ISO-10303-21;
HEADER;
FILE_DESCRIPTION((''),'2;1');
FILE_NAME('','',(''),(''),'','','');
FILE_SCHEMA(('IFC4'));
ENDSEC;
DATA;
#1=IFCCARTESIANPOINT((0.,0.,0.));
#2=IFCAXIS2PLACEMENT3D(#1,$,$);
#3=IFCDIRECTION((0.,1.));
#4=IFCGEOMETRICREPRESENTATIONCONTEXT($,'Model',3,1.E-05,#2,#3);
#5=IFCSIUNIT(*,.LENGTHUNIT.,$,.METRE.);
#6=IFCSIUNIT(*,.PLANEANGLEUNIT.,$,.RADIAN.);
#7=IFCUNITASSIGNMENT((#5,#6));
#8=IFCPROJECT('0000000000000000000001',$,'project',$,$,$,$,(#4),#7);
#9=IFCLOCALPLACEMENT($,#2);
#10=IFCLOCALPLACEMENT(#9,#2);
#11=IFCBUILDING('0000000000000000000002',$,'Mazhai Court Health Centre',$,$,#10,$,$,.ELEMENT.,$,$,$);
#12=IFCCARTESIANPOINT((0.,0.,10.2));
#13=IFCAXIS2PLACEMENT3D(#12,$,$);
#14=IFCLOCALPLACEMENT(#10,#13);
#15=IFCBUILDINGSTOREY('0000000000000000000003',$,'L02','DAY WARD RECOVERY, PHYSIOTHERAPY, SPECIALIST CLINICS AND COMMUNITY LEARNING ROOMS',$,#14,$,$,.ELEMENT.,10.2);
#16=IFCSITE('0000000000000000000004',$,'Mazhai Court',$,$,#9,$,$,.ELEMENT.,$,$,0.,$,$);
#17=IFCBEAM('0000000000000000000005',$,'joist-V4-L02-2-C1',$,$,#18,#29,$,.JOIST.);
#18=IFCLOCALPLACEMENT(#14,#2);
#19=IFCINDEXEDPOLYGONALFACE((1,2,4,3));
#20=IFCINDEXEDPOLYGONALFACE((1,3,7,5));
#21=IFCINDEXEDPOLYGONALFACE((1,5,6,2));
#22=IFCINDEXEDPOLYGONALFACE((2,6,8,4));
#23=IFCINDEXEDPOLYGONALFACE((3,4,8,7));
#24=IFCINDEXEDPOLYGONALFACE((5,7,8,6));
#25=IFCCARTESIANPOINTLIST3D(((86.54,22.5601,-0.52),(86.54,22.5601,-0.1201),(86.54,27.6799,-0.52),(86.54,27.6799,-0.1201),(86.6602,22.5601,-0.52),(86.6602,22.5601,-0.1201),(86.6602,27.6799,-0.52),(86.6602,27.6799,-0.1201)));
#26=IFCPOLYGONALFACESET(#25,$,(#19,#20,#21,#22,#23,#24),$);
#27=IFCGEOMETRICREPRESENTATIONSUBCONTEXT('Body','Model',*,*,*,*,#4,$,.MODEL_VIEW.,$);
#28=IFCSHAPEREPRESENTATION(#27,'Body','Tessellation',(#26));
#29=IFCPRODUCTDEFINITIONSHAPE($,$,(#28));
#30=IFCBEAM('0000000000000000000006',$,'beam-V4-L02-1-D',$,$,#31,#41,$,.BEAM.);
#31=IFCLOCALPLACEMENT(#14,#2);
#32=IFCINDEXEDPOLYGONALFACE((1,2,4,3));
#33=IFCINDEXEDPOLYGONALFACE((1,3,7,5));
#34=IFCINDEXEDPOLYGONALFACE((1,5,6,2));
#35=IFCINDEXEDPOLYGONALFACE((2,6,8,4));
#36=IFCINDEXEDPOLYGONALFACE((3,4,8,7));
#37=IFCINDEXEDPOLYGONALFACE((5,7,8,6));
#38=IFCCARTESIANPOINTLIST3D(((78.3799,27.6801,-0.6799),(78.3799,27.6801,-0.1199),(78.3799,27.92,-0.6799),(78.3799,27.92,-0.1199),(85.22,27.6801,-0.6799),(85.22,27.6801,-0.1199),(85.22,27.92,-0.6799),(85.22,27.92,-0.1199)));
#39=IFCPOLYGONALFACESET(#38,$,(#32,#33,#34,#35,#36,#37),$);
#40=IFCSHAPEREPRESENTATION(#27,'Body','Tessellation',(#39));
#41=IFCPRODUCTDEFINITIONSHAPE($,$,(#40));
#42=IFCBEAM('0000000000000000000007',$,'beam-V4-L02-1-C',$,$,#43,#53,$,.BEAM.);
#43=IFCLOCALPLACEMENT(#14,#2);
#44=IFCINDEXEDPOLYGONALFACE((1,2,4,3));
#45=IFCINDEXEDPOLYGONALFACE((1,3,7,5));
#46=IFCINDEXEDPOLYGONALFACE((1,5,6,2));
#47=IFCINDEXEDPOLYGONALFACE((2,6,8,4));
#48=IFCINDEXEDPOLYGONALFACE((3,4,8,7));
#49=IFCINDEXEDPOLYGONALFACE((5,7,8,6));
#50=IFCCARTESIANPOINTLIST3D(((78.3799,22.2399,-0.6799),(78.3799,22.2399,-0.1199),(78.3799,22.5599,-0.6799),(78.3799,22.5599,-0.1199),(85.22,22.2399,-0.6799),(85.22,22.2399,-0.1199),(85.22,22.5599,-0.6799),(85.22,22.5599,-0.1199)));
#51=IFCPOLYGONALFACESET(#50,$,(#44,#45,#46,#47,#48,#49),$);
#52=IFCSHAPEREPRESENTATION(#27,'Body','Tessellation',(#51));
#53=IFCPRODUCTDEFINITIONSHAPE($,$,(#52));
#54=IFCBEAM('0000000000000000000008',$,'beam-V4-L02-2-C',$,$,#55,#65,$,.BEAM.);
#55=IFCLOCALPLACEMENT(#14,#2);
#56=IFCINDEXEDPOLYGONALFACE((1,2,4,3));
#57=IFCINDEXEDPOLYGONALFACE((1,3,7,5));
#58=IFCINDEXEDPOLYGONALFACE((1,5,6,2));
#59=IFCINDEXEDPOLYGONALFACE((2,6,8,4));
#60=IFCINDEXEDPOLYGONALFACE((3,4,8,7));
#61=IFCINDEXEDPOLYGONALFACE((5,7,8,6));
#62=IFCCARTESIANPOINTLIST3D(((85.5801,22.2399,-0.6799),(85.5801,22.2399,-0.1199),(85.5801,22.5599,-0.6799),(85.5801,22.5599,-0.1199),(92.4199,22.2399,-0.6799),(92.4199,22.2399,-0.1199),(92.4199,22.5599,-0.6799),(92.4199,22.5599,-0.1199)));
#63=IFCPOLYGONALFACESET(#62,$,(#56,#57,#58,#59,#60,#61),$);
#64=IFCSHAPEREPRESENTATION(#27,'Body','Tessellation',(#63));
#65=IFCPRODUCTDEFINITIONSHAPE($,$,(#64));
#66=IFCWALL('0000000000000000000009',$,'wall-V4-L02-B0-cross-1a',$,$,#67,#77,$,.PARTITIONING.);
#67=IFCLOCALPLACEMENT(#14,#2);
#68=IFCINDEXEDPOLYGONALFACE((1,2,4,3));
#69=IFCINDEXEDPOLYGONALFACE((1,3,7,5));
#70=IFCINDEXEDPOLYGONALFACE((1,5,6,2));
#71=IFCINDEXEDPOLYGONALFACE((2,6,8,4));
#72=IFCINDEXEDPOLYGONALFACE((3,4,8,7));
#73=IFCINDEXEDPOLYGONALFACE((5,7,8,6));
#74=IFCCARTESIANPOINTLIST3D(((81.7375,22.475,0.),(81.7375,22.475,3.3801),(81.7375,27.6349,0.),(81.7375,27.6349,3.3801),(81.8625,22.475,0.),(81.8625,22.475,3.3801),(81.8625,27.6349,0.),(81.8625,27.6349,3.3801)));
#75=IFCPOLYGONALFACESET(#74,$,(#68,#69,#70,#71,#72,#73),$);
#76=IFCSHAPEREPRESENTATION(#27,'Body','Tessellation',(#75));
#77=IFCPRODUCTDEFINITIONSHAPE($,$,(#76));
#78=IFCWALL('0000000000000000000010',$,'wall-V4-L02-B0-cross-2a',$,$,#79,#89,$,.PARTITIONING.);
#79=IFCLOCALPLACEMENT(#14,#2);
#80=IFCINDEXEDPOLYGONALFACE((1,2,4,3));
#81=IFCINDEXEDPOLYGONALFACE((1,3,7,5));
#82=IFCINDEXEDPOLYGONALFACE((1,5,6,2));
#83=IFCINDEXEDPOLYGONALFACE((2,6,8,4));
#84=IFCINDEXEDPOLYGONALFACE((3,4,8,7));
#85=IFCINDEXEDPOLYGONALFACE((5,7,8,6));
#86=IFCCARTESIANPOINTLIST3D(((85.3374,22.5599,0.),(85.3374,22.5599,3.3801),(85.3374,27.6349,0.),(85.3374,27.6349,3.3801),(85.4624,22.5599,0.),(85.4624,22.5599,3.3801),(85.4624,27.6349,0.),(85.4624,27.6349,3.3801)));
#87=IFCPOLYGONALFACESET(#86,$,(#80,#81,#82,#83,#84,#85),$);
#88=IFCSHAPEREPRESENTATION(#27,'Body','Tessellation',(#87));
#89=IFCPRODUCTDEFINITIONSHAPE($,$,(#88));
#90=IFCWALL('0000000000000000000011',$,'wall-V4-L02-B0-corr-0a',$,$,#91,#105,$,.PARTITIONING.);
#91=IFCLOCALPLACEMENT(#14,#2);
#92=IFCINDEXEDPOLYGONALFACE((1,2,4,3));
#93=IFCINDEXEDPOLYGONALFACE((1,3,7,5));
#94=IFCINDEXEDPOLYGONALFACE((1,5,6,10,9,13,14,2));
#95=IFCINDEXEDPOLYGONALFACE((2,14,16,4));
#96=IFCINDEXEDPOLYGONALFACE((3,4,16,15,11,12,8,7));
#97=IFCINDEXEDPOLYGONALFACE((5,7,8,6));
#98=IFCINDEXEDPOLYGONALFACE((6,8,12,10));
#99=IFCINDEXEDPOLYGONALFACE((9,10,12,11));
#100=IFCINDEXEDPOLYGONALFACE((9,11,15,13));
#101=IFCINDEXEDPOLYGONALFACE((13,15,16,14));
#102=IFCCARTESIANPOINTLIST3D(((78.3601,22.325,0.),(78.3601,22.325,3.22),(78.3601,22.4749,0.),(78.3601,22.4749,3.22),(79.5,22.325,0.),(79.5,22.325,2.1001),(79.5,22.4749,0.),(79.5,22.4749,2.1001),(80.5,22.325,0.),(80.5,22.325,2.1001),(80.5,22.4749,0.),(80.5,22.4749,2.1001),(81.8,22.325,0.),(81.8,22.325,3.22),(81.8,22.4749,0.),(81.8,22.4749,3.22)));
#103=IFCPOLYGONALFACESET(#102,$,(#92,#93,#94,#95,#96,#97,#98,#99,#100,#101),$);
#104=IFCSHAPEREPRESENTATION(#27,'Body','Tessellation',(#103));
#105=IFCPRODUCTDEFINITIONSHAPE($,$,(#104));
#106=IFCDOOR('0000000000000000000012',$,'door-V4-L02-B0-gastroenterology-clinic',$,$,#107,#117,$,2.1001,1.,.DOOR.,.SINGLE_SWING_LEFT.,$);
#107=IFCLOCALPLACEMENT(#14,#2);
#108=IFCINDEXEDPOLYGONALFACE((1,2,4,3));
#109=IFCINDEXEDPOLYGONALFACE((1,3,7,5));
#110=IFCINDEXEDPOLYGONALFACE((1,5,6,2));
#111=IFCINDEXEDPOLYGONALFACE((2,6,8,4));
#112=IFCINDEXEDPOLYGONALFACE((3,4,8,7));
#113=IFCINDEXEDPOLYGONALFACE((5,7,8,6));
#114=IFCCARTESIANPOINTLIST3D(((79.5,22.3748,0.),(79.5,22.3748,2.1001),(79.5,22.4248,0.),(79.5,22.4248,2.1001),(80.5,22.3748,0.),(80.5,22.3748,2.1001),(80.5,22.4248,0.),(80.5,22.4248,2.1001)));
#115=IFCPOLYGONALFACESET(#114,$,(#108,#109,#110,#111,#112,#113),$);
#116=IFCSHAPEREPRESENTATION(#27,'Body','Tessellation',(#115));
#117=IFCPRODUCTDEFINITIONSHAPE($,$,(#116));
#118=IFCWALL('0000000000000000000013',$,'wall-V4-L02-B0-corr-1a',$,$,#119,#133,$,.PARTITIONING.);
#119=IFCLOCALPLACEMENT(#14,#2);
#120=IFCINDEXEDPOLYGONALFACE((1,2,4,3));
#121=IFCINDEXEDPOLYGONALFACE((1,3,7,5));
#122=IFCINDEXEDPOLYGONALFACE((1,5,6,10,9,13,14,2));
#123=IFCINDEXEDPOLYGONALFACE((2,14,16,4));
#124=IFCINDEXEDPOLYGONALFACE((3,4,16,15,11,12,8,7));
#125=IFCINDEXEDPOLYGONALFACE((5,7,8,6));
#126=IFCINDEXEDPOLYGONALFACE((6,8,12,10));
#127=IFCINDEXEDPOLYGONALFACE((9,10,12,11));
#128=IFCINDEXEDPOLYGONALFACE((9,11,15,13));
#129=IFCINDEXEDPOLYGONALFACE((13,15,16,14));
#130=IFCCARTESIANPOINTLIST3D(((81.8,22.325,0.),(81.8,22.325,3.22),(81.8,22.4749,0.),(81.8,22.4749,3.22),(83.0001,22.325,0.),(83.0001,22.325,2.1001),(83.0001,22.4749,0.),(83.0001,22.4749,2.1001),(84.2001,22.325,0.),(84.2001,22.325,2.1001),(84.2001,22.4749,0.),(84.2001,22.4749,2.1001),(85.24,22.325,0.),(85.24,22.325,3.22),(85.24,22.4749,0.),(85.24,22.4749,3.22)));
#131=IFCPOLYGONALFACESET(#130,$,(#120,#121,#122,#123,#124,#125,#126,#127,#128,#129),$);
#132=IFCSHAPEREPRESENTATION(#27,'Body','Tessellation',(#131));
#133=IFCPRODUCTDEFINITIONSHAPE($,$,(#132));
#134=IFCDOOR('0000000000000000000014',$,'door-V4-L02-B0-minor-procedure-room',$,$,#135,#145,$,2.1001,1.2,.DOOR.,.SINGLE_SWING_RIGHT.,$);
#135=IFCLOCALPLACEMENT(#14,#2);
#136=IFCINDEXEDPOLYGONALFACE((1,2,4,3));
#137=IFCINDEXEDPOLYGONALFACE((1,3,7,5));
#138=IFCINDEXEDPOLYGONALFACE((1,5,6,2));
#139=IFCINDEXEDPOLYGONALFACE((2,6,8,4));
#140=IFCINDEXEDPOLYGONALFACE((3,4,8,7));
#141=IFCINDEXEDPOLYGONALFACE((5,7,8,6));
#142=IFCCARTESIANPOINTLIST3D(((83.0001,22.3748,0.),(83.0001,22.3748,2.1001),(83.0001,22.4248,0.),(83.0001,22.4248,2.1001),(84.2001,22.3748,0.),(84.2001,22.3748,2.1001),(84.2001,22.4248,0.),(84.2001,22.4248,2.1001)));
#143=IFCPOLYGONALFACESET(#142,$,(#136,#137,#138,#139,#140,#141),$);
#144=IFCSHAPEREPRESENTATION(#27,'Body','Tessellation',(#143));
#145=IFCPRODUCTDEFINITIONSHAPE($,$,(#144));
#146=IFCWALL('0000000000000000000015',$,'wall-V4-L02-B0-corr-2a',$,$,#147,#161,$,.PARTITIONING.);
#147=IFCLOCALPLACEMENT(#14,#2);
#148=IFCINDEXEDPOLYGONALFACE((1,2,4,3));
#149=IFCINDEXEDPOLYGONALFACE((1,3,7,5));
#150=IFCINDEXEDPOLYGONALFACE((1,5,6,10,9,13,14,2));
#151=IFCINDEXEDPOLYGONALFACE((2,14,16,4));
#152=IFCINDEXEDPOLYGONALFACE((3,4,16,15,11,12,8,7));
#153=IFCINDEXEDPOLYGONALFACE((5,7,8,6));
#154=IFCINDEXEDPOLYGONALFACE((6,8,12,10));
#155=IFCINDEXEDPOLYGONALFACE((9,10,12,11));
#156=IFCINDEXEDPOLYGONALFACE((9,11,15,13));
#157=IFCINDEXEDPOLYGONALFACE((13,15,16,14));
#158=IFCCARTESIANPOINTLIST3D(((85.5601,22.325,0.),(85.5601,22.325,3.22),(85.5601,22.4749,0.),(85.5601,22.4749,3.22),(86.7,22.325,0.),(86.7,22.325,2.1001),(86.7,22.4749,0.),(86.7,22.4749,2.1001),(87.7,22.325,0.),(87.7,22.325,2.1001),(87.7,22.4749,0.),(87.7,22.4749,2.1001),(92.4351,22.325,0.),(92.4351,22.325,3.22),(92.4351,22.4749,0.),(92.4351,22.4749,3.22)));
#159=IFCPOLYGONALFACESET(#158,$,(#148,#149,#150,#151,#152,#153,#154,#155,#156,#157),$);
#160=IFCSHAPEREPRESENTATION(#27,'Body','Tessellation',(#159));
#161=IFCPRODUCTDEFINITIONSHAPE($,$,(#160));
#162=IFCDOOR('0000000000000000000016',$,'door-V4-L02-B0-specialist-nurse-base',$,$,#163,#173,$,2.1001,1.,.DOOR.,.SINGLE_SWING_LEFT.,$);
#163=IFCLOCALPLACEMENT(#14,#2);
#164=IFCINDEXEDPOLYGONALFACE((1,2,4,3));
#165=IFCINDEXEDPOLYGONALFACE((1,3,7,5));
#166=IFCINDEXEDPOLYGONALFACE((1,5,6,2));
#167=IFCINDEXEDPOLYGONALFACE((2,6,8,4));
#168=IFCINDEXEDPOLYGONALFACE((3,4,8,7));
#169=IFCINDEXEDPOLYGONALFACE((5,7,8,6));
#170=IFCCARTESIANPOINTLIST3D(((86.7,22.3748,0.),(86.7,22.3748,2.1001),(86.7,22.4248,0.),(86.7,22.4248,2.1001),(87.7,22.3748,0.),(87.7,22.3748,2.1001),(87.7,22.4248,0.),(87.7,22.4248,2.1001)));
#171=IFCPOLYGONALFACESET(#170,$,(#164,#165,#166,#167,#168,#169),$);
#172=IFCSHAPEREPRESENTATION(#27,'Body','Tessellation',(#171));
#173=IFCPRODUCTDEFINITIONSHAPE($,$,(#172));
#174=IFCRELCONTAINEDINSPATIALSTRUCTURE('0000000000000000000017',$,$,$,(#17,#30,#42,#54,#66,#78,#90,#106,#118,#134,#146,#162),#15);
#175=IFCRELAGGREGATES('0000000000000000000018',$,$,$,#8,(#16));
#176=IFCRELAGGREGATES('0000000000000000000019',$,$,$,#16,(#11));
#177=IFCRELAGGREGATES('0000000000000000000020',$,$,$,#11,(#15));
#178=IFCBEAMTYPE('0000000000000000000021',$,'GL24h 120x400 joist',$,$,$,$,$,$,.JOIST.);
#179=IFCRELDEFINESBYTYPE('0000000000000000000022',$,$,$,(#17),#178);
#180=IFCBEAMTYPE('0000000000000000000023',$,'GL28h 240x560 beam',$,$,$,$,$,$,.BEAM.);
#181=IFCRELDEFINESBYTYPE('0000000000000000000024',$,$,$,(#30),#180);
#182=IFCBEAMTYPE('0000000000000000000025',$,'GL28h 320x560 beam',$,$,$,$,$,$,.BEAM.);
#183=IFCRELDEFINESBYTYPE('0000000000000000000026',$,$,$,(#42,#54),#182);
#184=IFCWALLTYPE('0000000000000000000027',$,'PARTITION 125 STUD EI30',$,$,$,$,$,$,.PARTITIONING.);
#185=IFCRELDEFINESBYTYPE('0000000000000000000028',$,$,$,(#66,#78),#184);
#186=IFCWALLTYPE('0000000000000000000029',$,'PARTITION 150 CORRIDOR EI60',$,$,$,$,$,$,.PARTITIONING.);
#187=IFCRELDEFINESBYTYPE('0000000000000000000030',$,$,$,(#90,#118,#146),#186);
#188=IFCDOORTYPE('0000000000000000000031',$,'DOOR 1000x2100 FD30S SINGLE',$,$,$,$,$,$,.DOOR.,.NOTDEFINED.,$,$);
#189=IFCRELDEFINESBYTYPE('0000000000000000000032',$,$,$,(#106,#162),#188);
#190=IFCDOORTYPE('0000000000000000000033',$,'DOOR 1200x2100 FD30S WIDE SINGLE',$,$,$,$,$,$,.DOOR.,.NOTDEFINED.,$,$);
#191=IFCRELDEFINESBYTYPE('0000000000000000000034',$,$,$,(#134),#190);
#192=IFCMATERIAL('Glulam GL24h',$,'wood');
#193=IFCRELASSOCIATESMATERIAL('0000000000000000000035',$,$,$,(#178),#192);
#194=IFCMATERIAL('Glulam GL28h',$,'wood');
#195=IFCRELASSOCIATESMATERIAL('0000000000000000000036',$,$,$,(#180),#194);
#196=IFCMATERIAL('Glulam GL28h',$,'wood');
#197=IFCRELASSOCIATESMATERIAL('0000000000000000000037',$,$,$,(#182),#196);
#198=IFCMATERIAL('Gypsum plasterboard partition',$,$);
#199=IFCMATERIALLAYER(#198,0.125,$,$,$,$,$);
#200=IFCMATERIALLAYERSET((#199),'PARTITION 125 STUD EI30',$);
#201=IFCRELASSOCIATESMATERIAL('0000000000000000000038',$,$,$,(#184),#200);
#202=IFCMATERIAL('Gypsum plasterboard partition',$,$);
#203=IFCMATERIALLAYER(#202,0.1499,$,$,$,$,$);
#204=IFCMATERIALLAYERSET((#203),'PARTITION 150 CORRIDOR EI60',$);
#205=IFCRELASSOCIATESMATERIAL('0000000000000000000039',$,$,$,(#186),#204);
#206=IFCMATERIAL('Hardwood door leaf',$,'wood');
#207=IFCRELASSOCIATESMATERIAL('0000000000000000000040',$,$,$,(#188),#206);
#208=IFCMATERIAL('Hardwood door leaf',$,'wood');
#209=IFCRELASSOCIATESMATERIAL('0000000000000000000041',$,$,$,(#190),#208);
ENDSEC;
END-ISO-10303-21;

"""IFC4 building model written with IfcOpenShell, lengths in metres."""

from ifc_helpers import new_model, si_unit, direction, frame, frame_2d, origin, origin_2d, place, context, subcontext, project, spatial, rectangle, extrude, material, layer, layer_set, material_profile, profile_set, type_object, element, fill, save


model = new_model("IFC4")

# Units and contexts
model_context = context("Model", 3, precision=1e-05, world=origin(), true_north=direction((0.0, 1.0)))
body_context = subcontext(model_context, "Body", "Model", "MODEL_VIEW")
ifc_project = project(units=[si_unit("LENGTHUNIT", "METRE"), si_unit("PLANEANGLEUNIT", "RADIAN")], contexts=[model_context])

# Site, building, storey
site_placement = place(None, origin())
site = spatial("IfcSite", under=ifc_project, at=site_placement, Name="Mazhai Court", CompositionType="ELEMENT", RefElevation=0.0)
building_placement = place(site_placement, origin())
building = spatial("IfcBuilding", under=site, at=building_placement, Name="Mazhai Court Health Centre", CompositionType="ELEMENT")
storey_placement = place(building_placement, frame((0.0, 0.0, 10.2)))
storey = spatial("IfcBuildingStorey", under=building, at=storey_placement, Name="L02", Description="DAY WARD RECOVERY, PHYSIOTHERAPY, SPECIALIST CLINICS AND COMMUNITY LEARNING ROOMS", CompositionType="ELEMENT", Elevation=10.2)

# Beams
ifc_material_1 = material(Name="Glulam GL24h", Category="wood")
ifc_material_profile_1 = material_profile(ifc_material_1, rectangle(XDim=0.1201, YDim=0.3999, at=origin_2d()), Name="GL24h 120x400")
ifc_profile_set_1 = profile_set([ifc_material_profile_1], Name="Glulam GL24h")
beam_type_1 = type_object("IfcBeamType", Name="GL24h 120x400 joist", PredefinedType="JOIST", material=ifc_profile_set_1)
beam_1_placement = place(storey_placement, frame((86.6001, 22.5601, -0.3201), z_axis=(0.0, 1.0, 0.0), x_axis=(-1.0, 0.0, 0.0)))
element("IfcBeam", 1, at=beam_1_placement, inside=storey, type_object=beam_type_1, Name="joist-V4-L02-2-C1", PredefinedType="JOIST", context=body_context, shape_type="SweptSolid", body=[
    extrude(rectangle(XDim=0.1201, YDim=0.3999, at=origin_2d()), origin(), (0.0, 0.0, 1.0), 5.1199),
])
ifc_material_2 = material(Name="Glulam GL28h", Category="wood")
ifc_material_profile_2 = material_profile(ifc_material_2, rectangle(XDim=0.24, YDim=0.5601, at=origin_2d()), Name="GL28h 240x560")
ifc_profile_set_2 = profile_set([ifc_material_profile_2], Name="Glulam GL28h")
beam_type_2 = type_object("IfcBeamType", Name="GL28h 240x560 beam", PredefinedType="BEAM", material=ifc_profile_set_2)
beam_2_placement = place(storey_placement, frame((78.3799, 27.8, -0.3999), z_axis=(1.0, 0.0, 0.0), x_axis=(0.0, 1.0, 0.0)))
element("IfcBeam", 2, at=beam_2_placement, inside=storey, type_object=beam_type_2, Name="beam-V4-L02-1-D", PredefinedType="BEAM", context=body_context, shape_type="SweptSolid", body=[
    extrude(rectangle(XDim=0.24, YDim=0.5601, at=origin_2d()), origin(), (0.0, 0.0, 1.0), 6.8401),
])
ifc_material_3 = material(Name="Glulam GL28h", Category="wood")
ifc_material_profile_3 = material_profile(ifc_material_3, rectangle(XDim=0.3201, YDim=0.5601, at=origin_2d()), Name="GL28h 320x560")
ifc_profile_set_3 = profile_set([ifc_material_profile_3], Name="Glulam GL28h")
beam_type_3 = type_object("IfcBeamType", Name="GL28h 320x560 beam", PredefinedType="BEAM", material=ifc_profile_set_3)
beam_3_placement = place(storey_placement, frame((78.3799, 22.3999, -0.3999), z_axis=(1.0, 0.0, 0.0), x_axis=(0.0, 1.0, 0.0)))
element("IfcBeam", 3, at=beam_3_placement, inside=storey, type_object=beam_type_3, Name="beam-V4-L02-1-C", PredefinedType="BEAM", context=body_context, shape_type="SweptSolid", body=[
    extrude(rectangle(XDim=0.3201, YDim=0.5601, at=origin_2d()), origin(), (0.0, 0.0, 1.0), 6.8401),
])
beam_4_placement = place(storey_placement, frame((85.5801, 22.3999, -0.3999), z_axis=(1.0, 0.0, 0.0), x_axis=(0.0, 1.0, 0.0)))
element("IfcBeam", 4, at=beam_4_placement, inside=storey, type_object=beam_type_3, Name="beam-V4-L02-2-C", PredefinedType="BEAM", context=body_context, shape_type="SweptSolid", body=[
    extrude(rectangle(XDim=0.3201, YDim=0.5601, at=origin_2d()), origin(), (0.0, 0.0, 1.0), 6.8398),
])

# Walls
ifc_material_4 = material(Name="Gypsum plasterboard partition")
ifc_layer_1 = layer(ifc_material_4, 0.125)
ifc_layer_set_1 = layer_set([ifc_layer_1], Name="PARTITION 125 STUD EI30")
wall_type_1 = type_object("IfcWallType", Name="PARTITION 125 STUD EI30", PredefinedType="PARTITIONING", material=ifc_layer_set_1)
wall_1_placement = place(storey_placement, frame((81.8, 27.635, 0.0), z_axis=(0.0, 0.0, 1.0), x_axis=(0.0, -1.0, 0.0)))
element("IfcWall", 5, at=wall_1_placement, inside=storey, type_object=wall_type_1, Name="wall-V4-L02-B0-cross-1a", PredefinedType="PARTITIONING", context=body_context, shape_type="SweptSolid", body=[
    extrude(rectangle(XDim=5.1599, YDim=0.125, at=frame_2d((2.5801, 0.0))), origin(), (0.0, 0.0, 1.0), 3.3801),
])
wall_2_placement = place(storey_placement, frame((85.3999, 27.635, 0.0), z_axis=(0.0, 0.0, 1.0), x_axis=(0.0, -1.0, 0.0)))
element("IfcWall", 6, at=wall_2_placement, inside=storey, type_object=wall_type_1, Name="wall-V4-L02-B0-cross-2a", PredefinedType="PARTITIONING", context=body_context, shape_type="SweptSolid", body=[
    extrude(rectangle(XDim=5.075, YDim=0.125, at=frame_2d((2.5376, 0.0))), origin(), (0.0, 0.0, 1.0), 3.3801),
])

# Walls, openings, doors
ifc_material_5 = material(Name="Gypsum plasterboard partition")
ifc_layer_2 = layer(ifc_material_5, 0.1499)
ifc_layer_set_2 = layer_set([ifc_layer_2], Name="PARTITION 150 CORRIDOR EI60")
wall_type_2 = type_object("IfcWallType", Name="PARTITION 150 CORRIDOR EI60", PredefinedType="PARTITIONING", material=ifc_layer_set_2)
wall_3_placement = place(storey_placement, frame((78.3601, 22.3999, 0.0), z_axis=(0.0, 0.0, 1.0), x_axis=(1.0, 0.0, 0.0)))
wall_3 = element("IfcWall", 7, at=wall_3_placement, inside=storey, type_object=wall_type_2, Name="wall-V4-L02-B0-corr-0a", PredefinedType="PARTITIONING", context=body_context, shape_type="SweptSolid", body=[
    extrude(rectangle(XDim=3.4399, YDim=0.1499, at=frame_2d((1.72, 0.0))), origin(), (0.0, 0.0, 1.0), 3.22),
])
opening_1_placement = place(wall_3_placement, frame((1.1399, 0.0, 0.0)))
opening_1 = element("IfcOpeningElement", 8, at=opening_1_placement, cuts=wall_3, PredefinedType="OPENING", context=body_context, shape_type="SweptSolid", body=[
    extrude(rectangle(XDim=1.0, YDim=2.1001, at=frame_2d((0.5, 1.05))), frame((0.0, 0.085, 0.0), z_axis=(0.0, -1.0, 0.0), x_axis=(1.0, 0.0, 0.0)), (0.0, 0.0, 1.0), 0.1699),
])
ifc_material_6 = material(Name="Hardwood door leaf", Category="wood")
door_type_1 = type_object("IfcDoorType", Name="DOOR 1000x2100 FD30S SINGLE", OperationType="NOTDEFINED", PredefinedType="DOOR", material=ifc_material_6)
door_1_placement = place(opening_1_placement, origin())
door_1 = element("IfcDoor", 9, at=door_1_placement, inside=storey, type_object=door_type_1, Name="door-V4-L02-B0-gastroenterology-clinic", OperationType="SINGLE_SWING_LEFT", OverallHeight=2.1001, OverallWidth=1.0, PredefinedType="DOOR", context=body_context, shape_type="SweptSolid", body=[
    extrude(rectangle(XDim=1.0, YDim=2.1001, at=frame_2d((0.5, 1.05))), frame((0.0, 0.0249, 0.0), z_axis=(0.0, -1.0, 0.0), x_axis=(1.0, 0.0, 0.0)), (0.0, 0.0, 1.0), 0.05),
])
fill(opening_1, door_1)
wall_4_placement = place(storey_placement, frame((81.8, 22.3999, 0.0), z_axis=(0.0, 0.0, 1.0), x_axis=(1.0, 0.0, 0.0)))
wall_4 = element("IfcWall", 10, at=wall_4_placement, inside=storey, type_object=wall_type_2, Name="wall-V4-L02-B0-corr-1a", PredefinedType="PARTITIONING", context=body_context, shape_type="SweptSolid", body=[
    extrude(rectangle(XDim=3.4399, YDim=0.1499, at=frame_2d((1.72, 0.0))), origin(), (0.0, 0.0, 1.0), 3.22),
])
opening_2_placement = place(wall_4_placement, frame((1.2, 0.0, 0.0)))
opening_2 = element("IfcOpeningElement", 11, at=opening_2_placement, cuts=wall_4, PredefinedType="OPENING", context=body_context, shape_type="SweptSolid", body=[
    extrude(rectangle(XDim=1.2, YDim=2.1001, at=frame_2d((0.6001, 1.05))), frame((0.0, 0.085, 0.0), z_axis=(0.0, -1.0, 0.0), x_axis=(1.0, 0.0, 0.0)), (0.0, 0.0, 1.0), 0.1699),
])
ifc_material_7 = material(Name="Hardwood door leaf", Category="wood")
door_type_2 = type_object("IfcDoorType", Name="DOOR 1200x2100 FD30S WIDE SINGLE", OperationType="NOTDEFINED", PredefinedType="DOOR", material=ifc_material_7)
door_2_placement = place(opening_2_placement, origin())
door_2 = element("IfcDoor", 12, at=door_2_placement, inside=storey, type_object=door_type_2, Name="door-V4-L02-B0-minor-procedure-room", OperationType="SINGLE_SWING_RIGHT", OverallHeight=2.1001, OverallWidth=1.2, PredefinedType="DOOR", context=body_context, shape_type="SweptSolid", body=[
    extrude(rectangle(XDim=1.2, YDim=2.1001, at=frame_2d((0.6001, 1.05))), frame((0.0, 0.0249, 0.0), z_axis=(0.0, -1.0, 0.0), x_axis=(1.0, 0.0, 0.0)), (0.0, 0.0, 1.0), 0.05),
])
fill(opening_2, door_2)
wall_5_placement = place(storey_placement, frame((85.5601, 22.3999, 0.0), z_axis=(0.0, 0.0, 1.0), x_axis=(1.0, 0.0, 0.0)))
wall_5 = element("IfcWall", 13, at=wall_5_placement, inside=storey, type_object=wall_type_2, Name="wall-V4-L02-B0-corr-2a", PredefinedType="PARTITIONING", context=body_context, shape_type="SweptSolid", body=[
    extrude(rectangle(XDim=6.875, YDim=0.1499, at=frame_2d((3.4375, 0.0))), origin(), (0.0, 0.0, 1.0), 3.22),
])
opening_3_placement = place(wall_5_placement, frame((1.1399, 0.0, 0.0)))
opening_3 = element("IfcOpeningElement", 14, at=opening_3_placement, cuts=wall_5, PredefinedType="OPENING", context=body_context, shape_type="SweptSolid", body=[
    extrude(rectangle(XDim=1.0, YDim=2.1001, at=frame_2d((0.5, 1.05))), frame((0.0, 0.085, 0.0), z_axis=(0.0, -1.0, 0.0), x_axis=(1.0, 0.0, 0.0)), (0.0, 0.0, 1.0), 0.1699),
])
door_3_placement = place(opening_3_placement, origin())
door_3 = element("IfcDoor", 15, at=door_3_placement, inside=storey, type_object=door_type_1, Name="door-V4-L02-B0-specialist-nurse-base", OperationType="SINGLE_SWING_LEFT", OverallHeight=2.1001, OverallWidth=1.0, PredefinedType="DOOR", context=body_context, shape_type="SweptSolid", body=[
    extrude(rectangle(XDim=1.0, YDim=2.1001, at=frame_2d((0.5, 1.05))), frame((0.0, 0.0249, 0.0), z_axis=(0.0, -1.0, 0.0), x_axis=(1.0, 0.0, 0.0)), (0.0, 0.0, 1.0), 0.05),
])
fill(opening_3, door_3)

save(model, "model.ifc")
